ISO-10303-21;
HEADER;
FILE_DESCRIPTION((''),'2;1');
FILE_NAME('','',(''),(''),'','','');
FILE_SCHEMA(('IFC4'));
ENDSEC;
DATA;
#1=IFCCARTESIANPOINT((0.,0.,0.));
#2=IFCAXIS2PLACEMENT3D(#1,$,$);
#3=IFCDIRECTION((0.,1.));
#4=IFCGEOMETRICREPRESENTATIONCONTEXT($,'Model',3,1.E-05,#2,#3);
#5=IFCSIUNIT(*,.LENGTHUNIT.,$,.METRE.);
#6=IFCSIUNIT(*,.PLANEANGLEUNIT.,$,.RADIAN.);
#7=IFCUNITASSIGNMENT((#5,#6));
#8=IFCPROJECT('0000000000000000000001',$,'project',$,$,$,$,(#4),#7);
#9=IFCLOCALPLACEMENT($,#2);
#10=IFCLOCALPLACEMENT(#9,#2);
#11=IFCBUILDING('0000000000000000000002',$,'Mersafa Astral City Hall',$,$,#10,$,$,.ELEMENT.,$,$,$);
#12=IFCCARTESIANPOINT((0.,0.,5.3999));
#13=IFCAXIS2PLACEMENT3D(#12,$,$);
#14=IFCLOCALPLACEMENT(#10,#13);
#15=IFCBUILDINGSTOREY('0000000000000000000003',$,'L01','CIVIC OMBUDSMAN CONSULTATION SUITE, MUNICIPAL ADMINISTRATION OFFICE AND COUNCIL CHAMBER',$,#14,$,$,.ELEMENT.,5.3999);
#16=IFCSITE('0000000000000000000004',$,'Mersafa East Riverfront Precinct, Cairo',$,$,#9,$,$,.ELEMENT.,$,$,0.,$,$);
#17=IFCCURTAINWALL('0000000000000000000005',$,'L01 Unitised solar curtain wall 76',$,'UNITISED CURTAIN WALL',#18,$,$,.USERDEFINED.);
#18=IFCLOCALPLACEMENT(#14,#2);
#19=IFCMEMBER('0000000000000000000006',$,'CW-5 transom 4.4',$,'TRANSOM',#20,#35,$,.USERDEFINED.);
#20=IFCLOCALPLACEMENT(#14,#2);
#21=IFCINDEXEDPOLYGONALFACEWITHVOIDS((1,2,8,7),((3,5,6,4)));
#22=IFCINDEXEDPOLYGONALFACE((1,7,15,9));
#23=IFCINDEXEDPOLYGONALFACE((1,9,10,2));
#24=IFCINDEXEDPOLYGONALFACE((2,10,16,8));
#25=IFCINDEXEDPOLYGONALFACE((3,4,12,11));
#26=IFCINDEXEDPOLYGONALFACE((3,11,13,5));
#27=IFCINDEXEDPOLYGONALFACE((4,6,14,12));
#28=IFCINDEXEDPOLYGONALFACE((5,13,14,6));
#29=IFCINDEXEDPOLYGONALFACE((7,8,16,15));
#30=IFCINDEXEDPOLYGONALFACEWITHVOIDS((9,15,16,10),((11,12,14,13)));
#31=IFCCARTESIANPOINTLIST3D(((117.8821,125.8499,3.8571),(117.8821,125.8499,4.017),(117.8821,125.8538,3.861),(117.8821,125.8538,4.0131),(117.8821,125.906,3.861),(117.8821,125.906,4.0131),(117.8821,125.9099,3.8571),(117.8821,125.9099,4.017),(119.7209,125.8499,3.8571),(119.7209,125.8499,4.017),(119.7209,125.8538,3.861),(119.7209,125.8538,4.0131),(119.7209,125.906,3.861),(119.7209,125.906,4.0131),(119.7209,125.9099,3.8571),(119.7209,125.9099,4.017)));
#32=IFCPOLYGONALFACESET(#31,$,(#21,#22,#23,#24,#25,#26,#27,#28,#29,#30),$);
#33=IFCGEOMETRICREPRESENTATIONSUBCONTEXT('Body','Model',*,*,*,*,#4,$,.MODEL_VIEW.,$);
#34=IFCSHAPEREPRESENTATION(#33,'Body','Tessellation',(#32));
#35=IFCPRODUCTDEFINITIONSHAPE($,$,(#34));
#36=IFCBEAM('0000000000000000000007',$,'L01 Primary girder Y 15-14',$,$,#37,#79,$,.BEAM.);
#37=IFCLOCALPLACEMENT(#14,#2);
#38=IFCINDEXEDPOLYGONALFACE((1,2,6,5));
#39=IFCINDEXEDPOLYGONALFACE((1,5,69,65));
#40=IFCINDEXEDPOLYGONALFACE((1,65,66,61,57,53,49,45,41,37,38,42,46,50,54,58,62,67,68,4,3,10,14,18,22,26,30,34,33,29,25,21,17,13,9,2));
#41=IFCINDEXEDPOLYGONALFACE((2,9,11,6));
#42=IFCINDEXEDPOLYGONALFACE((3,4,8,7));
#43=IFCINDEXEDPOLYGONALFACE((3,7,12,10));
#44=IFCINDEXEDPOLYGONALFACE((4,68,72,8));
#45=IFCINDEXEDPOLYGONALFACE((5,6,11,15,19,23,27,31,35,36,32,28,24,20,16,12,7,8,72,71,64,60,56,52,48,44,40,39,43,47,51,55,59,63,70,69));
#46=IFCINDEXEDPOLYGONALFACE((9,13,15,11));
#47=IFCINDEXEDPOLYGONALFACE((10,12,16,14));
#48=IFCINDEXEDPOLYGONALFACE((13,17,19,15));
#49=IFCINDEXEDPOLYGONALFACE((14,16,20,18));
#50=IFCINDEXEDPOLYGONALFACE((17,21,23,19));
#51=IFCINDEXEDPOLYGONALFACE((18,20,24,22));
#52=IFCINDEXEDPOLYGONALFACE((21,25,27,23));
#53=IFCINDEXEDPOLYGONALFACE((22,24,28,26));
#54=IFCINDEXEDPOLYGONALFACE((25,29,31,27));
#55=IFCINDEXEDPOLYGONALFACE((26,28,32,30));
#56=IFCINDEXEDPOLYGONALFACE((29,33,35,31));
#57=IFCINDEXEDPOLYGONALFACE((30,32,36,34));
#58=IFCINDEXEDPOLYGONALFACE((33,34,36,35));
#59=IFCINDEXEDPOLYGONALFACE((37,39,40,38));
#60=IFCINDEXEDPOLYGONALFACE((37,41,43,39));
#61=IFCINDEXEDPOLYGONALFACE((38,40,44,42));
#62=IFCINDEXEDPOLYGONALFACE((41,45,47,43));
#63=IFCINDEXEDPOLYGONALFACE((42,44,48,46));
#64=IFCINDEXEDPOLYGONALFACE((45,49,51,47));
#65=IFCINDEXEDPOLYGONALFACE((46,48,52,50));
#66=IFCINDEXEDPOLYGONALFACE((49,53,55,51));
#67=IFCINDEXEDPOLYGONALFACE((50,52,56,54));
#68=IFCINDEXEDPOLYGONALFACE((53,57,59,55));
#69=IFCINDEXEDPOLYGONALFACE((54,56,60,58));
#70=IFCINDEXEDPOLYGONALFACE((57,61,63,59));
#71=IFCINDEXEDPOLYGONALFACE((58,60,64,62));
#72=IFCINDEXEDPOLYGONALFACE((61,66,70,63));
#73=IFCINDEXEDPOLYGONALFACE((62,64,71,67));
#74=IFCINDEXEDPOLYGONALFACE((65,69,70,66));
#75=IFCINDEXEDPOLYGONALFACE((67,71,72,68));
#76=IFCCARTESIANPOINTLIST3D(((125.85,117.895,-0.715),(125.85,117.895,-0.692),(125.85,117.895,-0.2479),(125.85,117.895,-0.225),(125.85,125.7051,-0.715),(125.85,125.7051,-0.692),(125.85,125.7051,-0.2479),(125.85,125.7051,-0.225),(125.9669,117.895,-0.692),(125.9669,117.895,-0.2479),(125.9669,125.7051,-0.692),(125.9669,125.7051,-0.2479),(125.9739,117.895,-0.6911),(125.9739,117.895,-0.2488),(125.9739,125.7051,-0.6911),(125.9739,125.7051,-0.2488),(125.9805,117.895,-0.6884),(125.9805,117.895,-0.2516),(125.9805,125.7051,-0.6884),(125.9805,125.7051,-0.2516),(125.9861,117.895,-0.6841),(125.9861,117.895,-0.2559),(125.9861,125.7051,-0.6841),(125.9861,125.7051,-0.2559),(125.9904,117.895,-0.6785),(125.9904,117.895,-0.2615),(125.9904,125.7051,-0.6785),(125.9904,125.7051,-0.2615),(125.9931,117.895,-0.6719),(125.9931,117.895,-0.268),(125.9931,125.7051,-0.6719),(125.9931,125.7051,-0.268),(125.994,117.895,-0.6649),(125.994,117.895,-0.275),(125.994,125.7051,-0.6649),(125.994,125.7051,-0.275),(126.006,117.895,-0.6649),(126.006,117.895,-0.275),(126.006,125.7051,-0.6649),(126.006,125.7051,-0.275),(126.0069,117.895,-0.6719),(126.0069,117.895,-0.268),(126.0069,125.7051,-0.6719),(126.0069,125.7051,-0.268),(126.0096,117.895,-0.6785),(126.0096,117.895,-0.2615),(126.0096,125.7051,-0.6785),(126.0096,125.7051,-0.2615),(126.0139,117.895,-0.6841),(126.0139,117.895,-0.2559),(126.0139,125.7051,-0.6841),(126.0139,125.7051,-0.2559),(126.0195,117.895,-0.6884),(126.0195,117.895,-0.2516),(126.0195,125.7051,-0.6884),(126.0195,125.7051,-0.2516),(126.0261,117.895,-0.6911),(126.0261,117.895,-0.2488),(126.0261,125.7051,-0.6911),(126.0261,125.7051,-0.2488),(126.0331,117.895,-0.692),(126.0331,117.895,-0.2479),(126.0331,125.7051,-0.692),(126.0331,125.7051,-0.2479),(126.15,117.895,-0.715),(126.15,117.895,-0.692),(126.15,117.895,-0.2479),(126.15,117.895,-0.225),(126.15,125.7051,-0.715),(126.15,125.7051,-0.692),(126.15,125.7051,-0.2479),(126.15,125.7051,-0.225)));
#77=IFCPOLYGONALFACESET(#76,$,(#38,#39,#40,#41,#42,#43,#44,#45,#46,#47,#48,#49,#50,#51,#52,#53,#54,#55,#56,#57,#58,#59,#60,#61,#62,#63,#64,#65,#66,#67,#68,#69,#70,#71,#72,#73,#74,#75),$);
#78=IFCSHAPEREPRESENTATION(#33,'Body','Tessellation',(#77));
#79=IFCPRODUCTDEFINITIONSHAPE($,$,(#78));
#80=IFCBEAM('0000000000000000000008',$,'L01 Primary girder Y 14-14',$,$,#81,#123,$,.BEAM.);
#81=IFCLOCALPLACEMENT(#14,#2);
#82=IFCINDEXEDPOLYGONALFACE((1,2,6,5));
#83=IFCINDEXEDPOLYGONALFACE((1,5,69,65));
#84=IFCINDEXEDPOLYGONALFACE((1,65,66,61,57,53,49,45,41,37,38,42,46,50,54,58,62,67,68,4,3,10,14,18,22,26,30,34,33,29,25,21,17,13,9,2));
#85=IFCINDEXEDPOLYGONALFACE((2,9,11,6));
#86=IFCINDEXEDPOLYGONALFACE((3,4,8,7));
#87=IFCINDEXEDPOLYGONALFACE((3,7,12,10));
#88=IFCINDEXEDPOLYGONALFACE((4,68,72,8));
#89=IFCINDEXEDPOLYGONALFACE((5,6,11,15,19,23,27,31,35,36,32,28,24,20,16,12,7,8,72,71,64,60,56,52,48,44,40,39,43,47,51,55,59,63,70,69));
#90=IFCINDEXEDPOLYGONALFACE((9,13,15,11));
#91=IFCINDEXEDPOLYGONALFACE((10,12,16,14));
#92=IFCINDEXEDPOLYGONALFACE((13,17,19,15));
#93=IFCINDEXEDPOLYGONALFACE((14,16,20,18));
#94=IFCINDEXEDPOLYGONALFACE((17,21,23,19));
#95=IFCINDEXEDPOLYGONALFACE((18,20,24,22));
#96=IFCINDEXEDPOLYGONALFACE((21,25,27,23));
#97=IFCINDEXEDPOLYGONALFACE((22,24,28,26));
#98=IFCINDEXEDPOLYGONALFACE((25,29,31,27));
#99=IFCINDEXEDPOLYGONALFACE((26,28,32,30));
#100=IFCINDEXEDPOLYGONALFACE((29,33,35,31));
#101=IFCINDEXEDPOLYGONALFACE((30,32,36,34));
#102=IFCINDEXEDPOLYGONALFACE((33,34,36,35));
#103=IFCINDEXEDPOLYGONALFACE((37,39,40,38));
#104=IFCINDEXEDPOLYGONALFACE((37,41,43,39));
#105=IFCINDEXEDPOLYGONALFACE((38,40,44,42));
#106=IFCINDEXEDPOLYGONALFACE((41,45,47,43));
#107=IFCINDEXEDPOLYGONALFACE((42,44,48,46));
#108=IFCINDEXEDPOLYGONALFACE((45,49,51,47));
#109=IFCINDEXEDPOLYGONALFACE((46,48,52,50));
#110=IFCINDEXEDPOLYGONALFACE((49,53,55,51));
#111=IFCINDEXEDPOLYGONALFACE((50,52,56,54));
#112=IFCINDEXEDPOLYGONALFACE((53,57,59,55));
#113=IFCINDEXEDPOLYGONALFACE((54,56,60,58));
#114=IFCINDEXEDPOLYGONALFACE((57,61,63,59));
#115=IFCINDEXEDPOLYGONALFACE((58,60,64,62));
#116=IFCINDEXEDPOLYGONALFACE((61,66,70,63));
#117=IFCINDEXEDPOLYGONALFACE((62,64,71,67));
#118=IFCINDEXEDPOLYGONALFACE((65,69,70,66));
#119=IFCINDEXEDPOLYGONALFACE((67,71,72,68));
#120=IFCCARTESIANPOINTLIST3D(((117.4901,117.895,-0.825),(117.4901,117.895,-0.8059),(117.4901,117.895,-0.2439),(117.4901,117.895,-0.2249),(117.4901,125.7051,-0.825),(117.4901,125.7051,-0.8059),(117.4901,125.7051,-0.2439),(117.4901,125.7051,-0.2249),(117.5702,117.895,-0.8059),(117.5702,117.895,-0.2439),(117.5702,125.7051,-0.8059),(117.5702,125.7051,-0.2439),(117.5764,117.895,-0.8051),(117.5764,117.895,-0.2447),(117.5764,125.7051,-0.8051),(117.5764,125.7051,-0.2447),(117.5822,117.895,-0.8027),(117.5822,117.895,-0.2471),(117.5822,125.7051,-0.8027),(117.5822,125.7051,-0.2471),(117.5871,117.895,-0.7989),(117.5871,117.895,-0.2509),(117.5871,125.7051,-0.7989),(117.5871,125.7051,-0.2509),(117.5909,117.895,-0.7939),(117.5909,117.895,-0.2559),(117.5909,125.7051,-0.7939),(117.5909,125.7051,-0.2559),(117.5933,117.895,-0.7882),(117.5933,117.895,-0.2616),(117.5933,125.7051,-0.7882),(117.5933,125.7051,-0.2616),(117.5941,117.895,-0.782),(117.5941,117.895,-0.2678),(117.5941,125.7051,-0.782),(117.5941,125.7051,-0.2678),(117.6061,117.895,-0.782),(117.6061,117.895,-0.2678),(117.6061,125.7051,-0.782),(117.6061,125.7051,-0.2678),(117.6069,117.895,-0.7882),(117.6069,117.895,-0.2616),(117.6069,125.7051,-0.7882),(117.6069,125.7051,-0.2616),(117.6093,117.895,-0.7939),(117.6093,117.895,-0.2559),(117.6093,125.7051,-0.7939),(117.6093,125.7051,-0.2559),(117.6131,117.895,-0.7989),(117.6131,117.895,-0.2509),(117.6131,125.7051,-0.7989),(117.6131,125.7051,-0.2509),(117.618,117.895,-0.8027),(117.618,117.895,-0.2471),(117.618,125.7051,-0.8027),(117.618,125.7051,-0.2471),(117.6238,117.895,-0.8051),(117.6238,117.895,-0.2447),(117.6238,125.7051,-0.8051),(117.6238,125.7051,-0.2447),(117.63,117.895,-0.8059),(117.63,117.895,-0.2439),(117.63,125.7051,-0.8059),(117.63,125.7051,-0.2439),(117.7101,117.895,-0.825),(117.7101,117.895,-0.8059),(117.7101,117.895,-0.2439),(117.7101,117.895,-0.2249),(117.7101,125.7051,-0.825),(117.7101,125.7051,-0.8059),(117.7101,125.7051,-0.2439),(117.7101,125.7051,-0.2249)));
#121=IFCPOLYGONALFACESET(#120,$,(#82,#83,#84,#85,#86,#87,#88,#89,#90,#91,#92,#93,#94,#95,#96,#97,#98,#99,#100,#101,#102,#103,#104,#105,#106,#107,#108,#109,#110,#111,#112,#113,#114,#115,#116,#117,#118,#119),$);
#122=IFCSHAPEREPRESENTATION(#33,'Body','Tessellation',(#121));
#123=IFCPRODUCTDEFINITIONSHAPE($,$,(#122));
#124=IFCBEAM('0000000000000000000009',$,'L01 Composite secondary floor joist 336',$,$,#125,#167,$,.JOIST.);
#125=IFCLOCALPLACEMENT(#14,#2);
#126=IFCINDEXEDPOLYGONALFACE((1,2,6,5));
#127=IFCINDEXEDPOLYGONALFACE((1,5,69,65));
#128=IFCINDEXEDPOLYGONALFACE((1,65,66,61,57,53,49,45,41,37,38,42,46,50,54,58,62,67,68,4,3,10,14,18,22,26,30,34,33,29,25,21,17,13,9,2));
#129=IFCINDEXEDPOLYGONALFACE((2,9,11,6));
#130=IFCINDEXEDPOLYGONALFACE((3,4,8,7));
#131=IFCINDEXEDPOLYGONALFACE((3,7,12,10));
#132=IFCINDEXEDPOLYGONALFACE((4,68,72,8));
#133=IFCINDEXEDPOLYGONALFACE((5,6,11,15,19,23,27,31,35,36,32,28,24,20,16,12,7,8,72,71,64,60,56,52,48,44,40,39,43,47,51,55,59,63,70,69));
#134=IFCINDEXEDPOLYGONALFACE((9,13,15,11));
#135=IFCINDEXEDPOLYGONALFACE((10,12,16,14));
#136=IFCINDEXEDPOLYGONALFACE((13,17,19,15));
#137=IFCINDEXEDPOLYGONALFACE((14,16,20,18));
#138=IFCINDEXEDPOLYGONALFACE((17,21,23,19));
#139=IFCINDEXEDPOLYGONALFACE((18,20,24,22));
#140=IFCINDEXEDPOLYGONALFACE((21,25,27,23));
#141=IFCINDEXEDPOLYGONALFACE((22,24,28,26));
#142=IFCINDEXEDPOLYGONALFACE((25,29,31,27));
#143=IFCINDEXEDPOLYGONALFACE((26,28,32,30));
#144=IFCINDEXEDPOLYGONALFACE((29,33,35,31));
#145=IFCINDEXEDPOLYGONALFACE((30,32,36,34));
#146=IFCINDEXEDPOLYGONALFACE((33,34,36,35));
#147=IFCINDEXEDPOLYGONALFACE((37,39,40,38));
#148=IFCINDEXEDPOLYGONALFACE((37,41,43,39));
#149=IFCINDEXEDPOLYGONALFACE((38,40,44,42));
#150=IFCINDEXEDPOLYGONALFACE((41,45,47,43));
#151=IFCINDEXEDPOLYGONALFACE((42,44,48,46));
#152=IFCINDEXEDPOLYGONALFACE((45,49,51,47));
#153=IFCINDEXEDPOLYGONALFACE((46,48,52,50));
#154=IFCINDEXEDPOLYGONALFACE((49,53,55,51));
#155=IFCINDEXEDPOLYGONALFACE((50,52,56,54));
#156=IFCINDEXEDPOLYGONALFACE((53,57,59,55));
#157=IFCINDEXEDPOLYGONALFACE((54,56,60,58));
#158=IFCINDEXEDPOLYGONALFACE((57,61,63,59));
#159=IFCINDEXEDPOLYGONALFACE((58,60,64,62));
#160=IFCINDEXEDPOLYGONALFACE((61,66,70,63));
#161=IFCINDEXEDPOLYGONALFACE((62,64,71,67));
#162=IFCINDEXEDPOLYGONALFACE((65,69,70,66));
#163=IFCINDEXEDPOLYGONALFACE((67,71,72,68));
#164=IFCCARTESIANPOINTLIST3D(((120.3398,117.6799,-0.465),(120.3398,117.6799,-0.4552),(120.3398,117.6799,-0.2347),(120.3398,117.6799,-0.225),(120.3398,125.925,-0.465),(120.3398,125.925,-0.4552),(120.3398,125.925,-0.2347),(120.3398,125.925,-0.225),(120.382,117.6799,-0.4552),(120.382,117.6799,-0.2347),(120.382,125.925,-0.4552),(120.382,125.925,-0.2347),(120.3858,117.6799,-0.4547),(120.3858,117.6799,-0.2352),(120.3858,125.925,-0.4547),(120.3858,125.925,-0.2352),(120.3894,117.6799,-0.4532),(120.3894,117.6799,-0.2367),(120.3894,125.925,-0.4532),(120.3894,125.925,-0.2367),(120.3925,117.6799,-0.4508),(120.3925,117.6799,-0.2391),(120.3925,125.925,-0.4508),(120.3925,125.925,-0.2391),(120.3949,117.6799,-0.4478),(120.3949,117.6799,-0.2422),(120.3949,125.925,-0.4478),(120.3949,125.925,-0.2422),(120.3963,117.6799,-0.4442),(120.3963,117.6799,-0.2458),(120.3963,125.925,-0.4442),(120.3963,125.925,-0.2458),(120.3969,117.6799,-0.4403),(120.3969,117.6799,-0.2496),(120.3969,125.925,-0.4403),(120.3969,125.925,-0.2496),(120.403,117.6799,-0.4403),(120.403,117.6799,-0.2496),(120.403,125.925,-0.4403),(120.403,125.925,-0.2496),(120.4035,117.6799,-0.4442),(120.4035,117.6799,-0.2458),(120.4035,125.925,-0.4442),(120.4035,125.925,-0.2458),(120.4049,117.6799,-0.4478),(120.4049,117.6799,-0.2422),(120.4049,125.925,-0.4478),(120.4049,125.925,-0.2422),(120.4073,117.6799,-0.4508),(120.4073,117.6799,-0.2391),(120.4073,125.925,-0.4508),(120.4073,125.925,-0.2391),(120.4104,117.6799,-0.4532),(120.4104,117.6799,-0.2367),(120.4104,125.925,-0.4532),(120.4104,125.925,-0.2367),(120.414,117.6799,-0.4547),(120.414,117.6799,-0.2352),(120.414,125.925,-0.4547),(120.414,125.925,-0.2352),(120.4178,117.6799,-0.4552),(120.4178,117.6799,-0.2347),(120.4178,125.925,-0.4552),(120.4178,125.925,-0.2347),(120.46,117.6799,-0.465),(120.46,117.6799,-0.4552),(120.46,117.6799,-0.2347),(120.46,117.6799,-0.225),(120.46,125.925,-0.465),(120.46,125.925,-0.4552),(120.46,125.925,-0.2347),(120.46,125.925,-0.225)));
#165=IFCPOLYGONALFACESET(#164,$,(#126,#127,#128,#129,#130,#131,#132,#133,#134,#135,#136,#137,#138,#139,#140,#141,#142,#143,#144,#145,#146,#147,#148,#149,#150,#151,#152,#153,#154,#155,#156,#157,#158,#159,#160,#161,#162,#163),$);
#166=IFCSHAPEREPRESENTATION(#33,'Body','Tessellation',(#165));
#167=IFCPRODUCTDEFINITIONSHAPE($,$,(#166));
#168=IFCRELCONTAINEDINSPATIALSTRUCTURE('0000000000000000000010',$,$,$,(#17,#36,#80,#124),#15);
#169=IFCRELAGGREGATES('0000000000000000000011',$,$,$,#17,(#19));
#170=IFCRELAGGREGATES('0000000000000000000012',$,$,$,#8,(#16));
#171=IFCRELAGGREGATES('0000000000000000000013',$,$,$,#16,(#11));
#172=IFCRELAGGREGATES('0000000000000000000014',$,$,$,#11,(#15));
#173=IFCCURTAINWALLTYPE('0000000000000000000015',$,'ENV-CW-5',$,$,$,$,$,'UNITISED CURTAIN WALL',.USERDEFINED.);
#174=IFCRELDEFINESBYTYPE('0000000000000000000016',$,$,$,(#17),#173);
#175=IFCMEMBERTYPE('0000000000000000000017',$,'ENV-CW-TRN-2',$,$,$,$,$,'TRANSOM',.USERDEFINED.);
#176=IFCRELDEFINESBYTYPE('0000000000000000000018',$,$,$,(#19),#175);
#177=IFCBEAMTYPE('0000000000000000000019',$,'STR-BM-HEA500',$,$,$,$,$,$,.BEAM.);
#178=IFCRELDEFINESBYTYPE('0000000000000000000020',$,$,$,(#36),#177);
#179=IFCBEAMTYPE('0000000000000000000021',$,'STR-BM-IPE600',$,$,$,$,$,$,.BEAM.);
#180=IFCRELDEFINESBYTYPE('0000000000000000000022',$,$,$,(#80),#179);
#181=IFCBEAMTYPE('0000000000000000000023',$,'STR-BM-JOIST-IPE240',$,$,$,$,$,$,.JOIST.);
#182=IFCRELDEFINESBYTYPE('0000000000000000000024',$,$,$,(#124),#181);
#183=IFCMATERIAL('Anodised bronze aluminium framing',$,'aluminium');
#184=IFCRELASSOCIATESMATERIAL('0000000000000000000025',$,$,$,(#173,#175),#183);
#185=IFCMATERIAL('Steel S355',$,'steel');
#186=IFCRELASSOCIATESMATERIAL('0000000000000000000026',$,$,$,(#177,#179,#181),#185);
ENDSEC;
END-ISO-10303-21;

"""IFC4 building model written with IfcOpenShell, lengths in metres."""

from ifc_helpers import new_model, si_unit, direction, frame, origin, origin_2d, place, context, subcontext, project, spatial, hollow_rectangle, i_section, extrude, material, material_profile, profile_set, type_object, element, aggregate, save


model = new_model("IFC4")

# Units and contexts
model_context = context("Model", 3, precision=1e-05, world=origin(), true_north=direction((0.0, 1.0)))
body_context = subcontext(model_context, "Body", "Model", "MODEL_VIEW")
ifc_project = project(units=[si_unit("LENGTHUNIT", "METRE"), si_unit("PLANEANGLEUNIT", "RADIAN")], contexts=[model_context])

# Site, building, storey
site_placement = place(None, origin())
site = spatial("IfcSite", under=ifc_project, at=site_placement, Name="Mersafa East Riverfront Precinct, Cairo", CompositionType="ELEMENT", RefElevation=0.0)
building_placement = place(site_placement, origin())
building = spatial("IfcBuilding", under=site, at=building_placement, Name="Mersafa Astral City Hall", CompositionType="ELEMENT")
storey_placement = place(building_placement, frame((0.0, 0.0, 5.3999)))
storey = spatial("IfcBuildingStorey", under=building, at=storey_placement, Name="L01", Description="CIVIC OMBUDSMAN CONSULTATION SUITE, MUNICIPAL ADMINISTRATION OFFICE AND COUNCIL CHAMBER", CompositionType="ELEMENT", Elevation=5.3999)

# Shared definitions
ifc_material_1 = material(Name="Steel S355", Category="steel")

# Shared definitions
ifc_material_2 = material(Name="Anodised bronze aluminium framing", Category="aluminium")

# Curtain wall, member
curtain_wall_type_1 = type_object("IfcCurtainWallType", Name="ENV-CW-5", ElementType="UNITISED CURTAIN WALL", PredefinedType="USERDEFINED", material=ifc_material_2)
curtain_wall_1_placement = place(storey_placement, origin())
curtain_wall_1 = element("IfcCurtainWall", 1, at=curtain_wall_1_placement, inside=storey, type_object=curtain_wall_type_1, Name="L01 Unitised solar curtain wall 76", ObjectType="UNITISED CURTAIN WALL", PredefinedType="USERDEFINED")
ifc_material_profile_1 = material_profile(ifc_material_2, hollow_rectangle(XDim=0.0601, YDim=0.1599, WallThickness=0.0039, at=origin_2d()), Name="RHS 60x160x4")
ifc_profile_set_1 = profile_set([ifc_material_profile_1], Name="Anodised bronze aluminium framing")
member_type_1 = type_object("IfcMemberType", Name="ENV-CW-TRN-2", ElementType="TRANSOM", PredefinedType="USERDEFINED", material=ifc_profile_set_1)
member_1_placement = place(storey_placement, frame((119.7209, 125.8799, 3.937), z_axis=(-1.0, 0.0, 0.0), x_axis=(0.0, -1.0, 0.0)))
member_1 = element("IfcMember", 2, at=member_1_placement, type_object=member_type_1, Name="CW-5 transom 4.4", ObjectType="TRANSOM", PredefinedType="USERDEFINED", context=body_context, shape_type="SweptSolid", body=[
    extrude(hollow_rectangle(XDim=0.0601, YDim=0.1599, WallThickness=0.0039, at=origin_2d()), origin(), (0.0, 0.0, 1.0), 1.8389),
])

# Beams
ifc_material_profile_2 = material_profile(ifc_material_1, i_section(OverallWidth=0.3, OverallDepth=0.49, WebThickness=0.012, FlangeThickness=0.0229, FilletRadius=0.0271, at=origin_2d()), Name="HEA 500")
ifc_profile_set_2 = profile_set([ifc_material_profile_2], Name="Steel S355")
beam_type_1 = type_object("IfcBeamType", Name="STR-BM-HEA500", PredefinedType="BEAM", material=ifc_profile_set_2)
beam_1_placement = place(storey_placement, frame((126.0, 117.895, -0.47), z_axis=(0.0, 1.0, 0.0), x_axis=(-1.0, 0.0, 0.0)))
element("IfcBeam", 3, at=beam_1_placement, inside=storey, type_object=beam_type_1, Name="L01 Primary girder Y 15-14", PredefinedType="BEAM", context=body_context, shape_type="SweptSolid", body=[
    extrude(i_section(OverallWidth=0.3, OverallDepth=0.49, WebThickness=0.012, FlangeThickness=0.0229, FilletRadius=0.0271, at=origin_2d()), origin(), (0.0, 0.0, 1.0), 7.8101),
])
ifc_material_profile_3 = material_profile(ifc_material_1, i_section(OverallWidth=0.22, OverallDepth=0.6001, WebThickness=0.012, FlangeThickness=0.019, FilletRadius=0.0239, at=origin_2d()), Name="IPE 600")
ifc_profile_set_3 = profile_set([ifc_material_profile_3], Name="Steel S355")
beam_type_2 = type_object("IfcBeamType", Name="STR-BM-IPE600", PredefinedType="BEAM", material=ifc_profile_set_3)
beam_2_placement = place(storey_placement, frame((117.6001, 117.895, -0.5249), z_axis=(0.0, 1.0, 0.0), x_axis=(-1.0, 0.0, 0.0)))
element("IfcBeam", 4, at=beam_2_placement, inside=storey, type_object=beam_type_2, Name="L01 Primary girder Y 14-14", PredefinedType="BEAM", context=body_context, shape_type="SweptSolid", body=[
    extrude(i_section(OverallWidth=0.22, OverallDepth=0.6001, WebThickness=0.012, FlangeThickness=0.019, FilletRadius=0.0239, at=origin_2d()), origin(), (0.0, 0.0, 1.0), 7.8101),
])
ifc_material_profile_4 = material_profile(ifc_material_1, i_section(OverallWidth=0.1201, OverallDepth=0.24, WebThickness=0.0061, FlangeThickness=0.0098, FilletRadius=0.0149, at=origin_2d()), Name="IPE 240")
ifc_profile_set_4 = profile_set([ifc_material_profile_4], Name="Steel S355")
beam_type_3 = type_object("IfcBeamType", Name="STR-BM-JOIST-IPE240", PredefinedType="JOIST", material=ifc_profile_set_4)
for number, where, z_axis, x_axis, name in (
    (5, (120.3999, 117.6799, -0.345), (0.0, 1.0, 0.0), (-1.0, 0.0, 0.0), "L01 Composite secondary floor joist 336"),
):
    element("IfcBeam", number, at=place(storey_placement, frame(where, z_axis=z_axis, x_axis=x_axis)), inside=storey, type_object=beam_type_3, Name=name, PredefinedType="JOIST", context=body_context, shape_type="SweptSolid", body=[
        extrude(i_section(OverallWidth=0.1201, OverallDepth=0.24, WebThickness=0.0061, FlangeThickness=0.0098, FilletRadius=0.0149, at=origin_2d()), origin(), (0.0, 0.0, 1.0), 8.2451),
    ])

aggregate(curtain_wall_1, [member_1])

save(model, "model.ifc")
